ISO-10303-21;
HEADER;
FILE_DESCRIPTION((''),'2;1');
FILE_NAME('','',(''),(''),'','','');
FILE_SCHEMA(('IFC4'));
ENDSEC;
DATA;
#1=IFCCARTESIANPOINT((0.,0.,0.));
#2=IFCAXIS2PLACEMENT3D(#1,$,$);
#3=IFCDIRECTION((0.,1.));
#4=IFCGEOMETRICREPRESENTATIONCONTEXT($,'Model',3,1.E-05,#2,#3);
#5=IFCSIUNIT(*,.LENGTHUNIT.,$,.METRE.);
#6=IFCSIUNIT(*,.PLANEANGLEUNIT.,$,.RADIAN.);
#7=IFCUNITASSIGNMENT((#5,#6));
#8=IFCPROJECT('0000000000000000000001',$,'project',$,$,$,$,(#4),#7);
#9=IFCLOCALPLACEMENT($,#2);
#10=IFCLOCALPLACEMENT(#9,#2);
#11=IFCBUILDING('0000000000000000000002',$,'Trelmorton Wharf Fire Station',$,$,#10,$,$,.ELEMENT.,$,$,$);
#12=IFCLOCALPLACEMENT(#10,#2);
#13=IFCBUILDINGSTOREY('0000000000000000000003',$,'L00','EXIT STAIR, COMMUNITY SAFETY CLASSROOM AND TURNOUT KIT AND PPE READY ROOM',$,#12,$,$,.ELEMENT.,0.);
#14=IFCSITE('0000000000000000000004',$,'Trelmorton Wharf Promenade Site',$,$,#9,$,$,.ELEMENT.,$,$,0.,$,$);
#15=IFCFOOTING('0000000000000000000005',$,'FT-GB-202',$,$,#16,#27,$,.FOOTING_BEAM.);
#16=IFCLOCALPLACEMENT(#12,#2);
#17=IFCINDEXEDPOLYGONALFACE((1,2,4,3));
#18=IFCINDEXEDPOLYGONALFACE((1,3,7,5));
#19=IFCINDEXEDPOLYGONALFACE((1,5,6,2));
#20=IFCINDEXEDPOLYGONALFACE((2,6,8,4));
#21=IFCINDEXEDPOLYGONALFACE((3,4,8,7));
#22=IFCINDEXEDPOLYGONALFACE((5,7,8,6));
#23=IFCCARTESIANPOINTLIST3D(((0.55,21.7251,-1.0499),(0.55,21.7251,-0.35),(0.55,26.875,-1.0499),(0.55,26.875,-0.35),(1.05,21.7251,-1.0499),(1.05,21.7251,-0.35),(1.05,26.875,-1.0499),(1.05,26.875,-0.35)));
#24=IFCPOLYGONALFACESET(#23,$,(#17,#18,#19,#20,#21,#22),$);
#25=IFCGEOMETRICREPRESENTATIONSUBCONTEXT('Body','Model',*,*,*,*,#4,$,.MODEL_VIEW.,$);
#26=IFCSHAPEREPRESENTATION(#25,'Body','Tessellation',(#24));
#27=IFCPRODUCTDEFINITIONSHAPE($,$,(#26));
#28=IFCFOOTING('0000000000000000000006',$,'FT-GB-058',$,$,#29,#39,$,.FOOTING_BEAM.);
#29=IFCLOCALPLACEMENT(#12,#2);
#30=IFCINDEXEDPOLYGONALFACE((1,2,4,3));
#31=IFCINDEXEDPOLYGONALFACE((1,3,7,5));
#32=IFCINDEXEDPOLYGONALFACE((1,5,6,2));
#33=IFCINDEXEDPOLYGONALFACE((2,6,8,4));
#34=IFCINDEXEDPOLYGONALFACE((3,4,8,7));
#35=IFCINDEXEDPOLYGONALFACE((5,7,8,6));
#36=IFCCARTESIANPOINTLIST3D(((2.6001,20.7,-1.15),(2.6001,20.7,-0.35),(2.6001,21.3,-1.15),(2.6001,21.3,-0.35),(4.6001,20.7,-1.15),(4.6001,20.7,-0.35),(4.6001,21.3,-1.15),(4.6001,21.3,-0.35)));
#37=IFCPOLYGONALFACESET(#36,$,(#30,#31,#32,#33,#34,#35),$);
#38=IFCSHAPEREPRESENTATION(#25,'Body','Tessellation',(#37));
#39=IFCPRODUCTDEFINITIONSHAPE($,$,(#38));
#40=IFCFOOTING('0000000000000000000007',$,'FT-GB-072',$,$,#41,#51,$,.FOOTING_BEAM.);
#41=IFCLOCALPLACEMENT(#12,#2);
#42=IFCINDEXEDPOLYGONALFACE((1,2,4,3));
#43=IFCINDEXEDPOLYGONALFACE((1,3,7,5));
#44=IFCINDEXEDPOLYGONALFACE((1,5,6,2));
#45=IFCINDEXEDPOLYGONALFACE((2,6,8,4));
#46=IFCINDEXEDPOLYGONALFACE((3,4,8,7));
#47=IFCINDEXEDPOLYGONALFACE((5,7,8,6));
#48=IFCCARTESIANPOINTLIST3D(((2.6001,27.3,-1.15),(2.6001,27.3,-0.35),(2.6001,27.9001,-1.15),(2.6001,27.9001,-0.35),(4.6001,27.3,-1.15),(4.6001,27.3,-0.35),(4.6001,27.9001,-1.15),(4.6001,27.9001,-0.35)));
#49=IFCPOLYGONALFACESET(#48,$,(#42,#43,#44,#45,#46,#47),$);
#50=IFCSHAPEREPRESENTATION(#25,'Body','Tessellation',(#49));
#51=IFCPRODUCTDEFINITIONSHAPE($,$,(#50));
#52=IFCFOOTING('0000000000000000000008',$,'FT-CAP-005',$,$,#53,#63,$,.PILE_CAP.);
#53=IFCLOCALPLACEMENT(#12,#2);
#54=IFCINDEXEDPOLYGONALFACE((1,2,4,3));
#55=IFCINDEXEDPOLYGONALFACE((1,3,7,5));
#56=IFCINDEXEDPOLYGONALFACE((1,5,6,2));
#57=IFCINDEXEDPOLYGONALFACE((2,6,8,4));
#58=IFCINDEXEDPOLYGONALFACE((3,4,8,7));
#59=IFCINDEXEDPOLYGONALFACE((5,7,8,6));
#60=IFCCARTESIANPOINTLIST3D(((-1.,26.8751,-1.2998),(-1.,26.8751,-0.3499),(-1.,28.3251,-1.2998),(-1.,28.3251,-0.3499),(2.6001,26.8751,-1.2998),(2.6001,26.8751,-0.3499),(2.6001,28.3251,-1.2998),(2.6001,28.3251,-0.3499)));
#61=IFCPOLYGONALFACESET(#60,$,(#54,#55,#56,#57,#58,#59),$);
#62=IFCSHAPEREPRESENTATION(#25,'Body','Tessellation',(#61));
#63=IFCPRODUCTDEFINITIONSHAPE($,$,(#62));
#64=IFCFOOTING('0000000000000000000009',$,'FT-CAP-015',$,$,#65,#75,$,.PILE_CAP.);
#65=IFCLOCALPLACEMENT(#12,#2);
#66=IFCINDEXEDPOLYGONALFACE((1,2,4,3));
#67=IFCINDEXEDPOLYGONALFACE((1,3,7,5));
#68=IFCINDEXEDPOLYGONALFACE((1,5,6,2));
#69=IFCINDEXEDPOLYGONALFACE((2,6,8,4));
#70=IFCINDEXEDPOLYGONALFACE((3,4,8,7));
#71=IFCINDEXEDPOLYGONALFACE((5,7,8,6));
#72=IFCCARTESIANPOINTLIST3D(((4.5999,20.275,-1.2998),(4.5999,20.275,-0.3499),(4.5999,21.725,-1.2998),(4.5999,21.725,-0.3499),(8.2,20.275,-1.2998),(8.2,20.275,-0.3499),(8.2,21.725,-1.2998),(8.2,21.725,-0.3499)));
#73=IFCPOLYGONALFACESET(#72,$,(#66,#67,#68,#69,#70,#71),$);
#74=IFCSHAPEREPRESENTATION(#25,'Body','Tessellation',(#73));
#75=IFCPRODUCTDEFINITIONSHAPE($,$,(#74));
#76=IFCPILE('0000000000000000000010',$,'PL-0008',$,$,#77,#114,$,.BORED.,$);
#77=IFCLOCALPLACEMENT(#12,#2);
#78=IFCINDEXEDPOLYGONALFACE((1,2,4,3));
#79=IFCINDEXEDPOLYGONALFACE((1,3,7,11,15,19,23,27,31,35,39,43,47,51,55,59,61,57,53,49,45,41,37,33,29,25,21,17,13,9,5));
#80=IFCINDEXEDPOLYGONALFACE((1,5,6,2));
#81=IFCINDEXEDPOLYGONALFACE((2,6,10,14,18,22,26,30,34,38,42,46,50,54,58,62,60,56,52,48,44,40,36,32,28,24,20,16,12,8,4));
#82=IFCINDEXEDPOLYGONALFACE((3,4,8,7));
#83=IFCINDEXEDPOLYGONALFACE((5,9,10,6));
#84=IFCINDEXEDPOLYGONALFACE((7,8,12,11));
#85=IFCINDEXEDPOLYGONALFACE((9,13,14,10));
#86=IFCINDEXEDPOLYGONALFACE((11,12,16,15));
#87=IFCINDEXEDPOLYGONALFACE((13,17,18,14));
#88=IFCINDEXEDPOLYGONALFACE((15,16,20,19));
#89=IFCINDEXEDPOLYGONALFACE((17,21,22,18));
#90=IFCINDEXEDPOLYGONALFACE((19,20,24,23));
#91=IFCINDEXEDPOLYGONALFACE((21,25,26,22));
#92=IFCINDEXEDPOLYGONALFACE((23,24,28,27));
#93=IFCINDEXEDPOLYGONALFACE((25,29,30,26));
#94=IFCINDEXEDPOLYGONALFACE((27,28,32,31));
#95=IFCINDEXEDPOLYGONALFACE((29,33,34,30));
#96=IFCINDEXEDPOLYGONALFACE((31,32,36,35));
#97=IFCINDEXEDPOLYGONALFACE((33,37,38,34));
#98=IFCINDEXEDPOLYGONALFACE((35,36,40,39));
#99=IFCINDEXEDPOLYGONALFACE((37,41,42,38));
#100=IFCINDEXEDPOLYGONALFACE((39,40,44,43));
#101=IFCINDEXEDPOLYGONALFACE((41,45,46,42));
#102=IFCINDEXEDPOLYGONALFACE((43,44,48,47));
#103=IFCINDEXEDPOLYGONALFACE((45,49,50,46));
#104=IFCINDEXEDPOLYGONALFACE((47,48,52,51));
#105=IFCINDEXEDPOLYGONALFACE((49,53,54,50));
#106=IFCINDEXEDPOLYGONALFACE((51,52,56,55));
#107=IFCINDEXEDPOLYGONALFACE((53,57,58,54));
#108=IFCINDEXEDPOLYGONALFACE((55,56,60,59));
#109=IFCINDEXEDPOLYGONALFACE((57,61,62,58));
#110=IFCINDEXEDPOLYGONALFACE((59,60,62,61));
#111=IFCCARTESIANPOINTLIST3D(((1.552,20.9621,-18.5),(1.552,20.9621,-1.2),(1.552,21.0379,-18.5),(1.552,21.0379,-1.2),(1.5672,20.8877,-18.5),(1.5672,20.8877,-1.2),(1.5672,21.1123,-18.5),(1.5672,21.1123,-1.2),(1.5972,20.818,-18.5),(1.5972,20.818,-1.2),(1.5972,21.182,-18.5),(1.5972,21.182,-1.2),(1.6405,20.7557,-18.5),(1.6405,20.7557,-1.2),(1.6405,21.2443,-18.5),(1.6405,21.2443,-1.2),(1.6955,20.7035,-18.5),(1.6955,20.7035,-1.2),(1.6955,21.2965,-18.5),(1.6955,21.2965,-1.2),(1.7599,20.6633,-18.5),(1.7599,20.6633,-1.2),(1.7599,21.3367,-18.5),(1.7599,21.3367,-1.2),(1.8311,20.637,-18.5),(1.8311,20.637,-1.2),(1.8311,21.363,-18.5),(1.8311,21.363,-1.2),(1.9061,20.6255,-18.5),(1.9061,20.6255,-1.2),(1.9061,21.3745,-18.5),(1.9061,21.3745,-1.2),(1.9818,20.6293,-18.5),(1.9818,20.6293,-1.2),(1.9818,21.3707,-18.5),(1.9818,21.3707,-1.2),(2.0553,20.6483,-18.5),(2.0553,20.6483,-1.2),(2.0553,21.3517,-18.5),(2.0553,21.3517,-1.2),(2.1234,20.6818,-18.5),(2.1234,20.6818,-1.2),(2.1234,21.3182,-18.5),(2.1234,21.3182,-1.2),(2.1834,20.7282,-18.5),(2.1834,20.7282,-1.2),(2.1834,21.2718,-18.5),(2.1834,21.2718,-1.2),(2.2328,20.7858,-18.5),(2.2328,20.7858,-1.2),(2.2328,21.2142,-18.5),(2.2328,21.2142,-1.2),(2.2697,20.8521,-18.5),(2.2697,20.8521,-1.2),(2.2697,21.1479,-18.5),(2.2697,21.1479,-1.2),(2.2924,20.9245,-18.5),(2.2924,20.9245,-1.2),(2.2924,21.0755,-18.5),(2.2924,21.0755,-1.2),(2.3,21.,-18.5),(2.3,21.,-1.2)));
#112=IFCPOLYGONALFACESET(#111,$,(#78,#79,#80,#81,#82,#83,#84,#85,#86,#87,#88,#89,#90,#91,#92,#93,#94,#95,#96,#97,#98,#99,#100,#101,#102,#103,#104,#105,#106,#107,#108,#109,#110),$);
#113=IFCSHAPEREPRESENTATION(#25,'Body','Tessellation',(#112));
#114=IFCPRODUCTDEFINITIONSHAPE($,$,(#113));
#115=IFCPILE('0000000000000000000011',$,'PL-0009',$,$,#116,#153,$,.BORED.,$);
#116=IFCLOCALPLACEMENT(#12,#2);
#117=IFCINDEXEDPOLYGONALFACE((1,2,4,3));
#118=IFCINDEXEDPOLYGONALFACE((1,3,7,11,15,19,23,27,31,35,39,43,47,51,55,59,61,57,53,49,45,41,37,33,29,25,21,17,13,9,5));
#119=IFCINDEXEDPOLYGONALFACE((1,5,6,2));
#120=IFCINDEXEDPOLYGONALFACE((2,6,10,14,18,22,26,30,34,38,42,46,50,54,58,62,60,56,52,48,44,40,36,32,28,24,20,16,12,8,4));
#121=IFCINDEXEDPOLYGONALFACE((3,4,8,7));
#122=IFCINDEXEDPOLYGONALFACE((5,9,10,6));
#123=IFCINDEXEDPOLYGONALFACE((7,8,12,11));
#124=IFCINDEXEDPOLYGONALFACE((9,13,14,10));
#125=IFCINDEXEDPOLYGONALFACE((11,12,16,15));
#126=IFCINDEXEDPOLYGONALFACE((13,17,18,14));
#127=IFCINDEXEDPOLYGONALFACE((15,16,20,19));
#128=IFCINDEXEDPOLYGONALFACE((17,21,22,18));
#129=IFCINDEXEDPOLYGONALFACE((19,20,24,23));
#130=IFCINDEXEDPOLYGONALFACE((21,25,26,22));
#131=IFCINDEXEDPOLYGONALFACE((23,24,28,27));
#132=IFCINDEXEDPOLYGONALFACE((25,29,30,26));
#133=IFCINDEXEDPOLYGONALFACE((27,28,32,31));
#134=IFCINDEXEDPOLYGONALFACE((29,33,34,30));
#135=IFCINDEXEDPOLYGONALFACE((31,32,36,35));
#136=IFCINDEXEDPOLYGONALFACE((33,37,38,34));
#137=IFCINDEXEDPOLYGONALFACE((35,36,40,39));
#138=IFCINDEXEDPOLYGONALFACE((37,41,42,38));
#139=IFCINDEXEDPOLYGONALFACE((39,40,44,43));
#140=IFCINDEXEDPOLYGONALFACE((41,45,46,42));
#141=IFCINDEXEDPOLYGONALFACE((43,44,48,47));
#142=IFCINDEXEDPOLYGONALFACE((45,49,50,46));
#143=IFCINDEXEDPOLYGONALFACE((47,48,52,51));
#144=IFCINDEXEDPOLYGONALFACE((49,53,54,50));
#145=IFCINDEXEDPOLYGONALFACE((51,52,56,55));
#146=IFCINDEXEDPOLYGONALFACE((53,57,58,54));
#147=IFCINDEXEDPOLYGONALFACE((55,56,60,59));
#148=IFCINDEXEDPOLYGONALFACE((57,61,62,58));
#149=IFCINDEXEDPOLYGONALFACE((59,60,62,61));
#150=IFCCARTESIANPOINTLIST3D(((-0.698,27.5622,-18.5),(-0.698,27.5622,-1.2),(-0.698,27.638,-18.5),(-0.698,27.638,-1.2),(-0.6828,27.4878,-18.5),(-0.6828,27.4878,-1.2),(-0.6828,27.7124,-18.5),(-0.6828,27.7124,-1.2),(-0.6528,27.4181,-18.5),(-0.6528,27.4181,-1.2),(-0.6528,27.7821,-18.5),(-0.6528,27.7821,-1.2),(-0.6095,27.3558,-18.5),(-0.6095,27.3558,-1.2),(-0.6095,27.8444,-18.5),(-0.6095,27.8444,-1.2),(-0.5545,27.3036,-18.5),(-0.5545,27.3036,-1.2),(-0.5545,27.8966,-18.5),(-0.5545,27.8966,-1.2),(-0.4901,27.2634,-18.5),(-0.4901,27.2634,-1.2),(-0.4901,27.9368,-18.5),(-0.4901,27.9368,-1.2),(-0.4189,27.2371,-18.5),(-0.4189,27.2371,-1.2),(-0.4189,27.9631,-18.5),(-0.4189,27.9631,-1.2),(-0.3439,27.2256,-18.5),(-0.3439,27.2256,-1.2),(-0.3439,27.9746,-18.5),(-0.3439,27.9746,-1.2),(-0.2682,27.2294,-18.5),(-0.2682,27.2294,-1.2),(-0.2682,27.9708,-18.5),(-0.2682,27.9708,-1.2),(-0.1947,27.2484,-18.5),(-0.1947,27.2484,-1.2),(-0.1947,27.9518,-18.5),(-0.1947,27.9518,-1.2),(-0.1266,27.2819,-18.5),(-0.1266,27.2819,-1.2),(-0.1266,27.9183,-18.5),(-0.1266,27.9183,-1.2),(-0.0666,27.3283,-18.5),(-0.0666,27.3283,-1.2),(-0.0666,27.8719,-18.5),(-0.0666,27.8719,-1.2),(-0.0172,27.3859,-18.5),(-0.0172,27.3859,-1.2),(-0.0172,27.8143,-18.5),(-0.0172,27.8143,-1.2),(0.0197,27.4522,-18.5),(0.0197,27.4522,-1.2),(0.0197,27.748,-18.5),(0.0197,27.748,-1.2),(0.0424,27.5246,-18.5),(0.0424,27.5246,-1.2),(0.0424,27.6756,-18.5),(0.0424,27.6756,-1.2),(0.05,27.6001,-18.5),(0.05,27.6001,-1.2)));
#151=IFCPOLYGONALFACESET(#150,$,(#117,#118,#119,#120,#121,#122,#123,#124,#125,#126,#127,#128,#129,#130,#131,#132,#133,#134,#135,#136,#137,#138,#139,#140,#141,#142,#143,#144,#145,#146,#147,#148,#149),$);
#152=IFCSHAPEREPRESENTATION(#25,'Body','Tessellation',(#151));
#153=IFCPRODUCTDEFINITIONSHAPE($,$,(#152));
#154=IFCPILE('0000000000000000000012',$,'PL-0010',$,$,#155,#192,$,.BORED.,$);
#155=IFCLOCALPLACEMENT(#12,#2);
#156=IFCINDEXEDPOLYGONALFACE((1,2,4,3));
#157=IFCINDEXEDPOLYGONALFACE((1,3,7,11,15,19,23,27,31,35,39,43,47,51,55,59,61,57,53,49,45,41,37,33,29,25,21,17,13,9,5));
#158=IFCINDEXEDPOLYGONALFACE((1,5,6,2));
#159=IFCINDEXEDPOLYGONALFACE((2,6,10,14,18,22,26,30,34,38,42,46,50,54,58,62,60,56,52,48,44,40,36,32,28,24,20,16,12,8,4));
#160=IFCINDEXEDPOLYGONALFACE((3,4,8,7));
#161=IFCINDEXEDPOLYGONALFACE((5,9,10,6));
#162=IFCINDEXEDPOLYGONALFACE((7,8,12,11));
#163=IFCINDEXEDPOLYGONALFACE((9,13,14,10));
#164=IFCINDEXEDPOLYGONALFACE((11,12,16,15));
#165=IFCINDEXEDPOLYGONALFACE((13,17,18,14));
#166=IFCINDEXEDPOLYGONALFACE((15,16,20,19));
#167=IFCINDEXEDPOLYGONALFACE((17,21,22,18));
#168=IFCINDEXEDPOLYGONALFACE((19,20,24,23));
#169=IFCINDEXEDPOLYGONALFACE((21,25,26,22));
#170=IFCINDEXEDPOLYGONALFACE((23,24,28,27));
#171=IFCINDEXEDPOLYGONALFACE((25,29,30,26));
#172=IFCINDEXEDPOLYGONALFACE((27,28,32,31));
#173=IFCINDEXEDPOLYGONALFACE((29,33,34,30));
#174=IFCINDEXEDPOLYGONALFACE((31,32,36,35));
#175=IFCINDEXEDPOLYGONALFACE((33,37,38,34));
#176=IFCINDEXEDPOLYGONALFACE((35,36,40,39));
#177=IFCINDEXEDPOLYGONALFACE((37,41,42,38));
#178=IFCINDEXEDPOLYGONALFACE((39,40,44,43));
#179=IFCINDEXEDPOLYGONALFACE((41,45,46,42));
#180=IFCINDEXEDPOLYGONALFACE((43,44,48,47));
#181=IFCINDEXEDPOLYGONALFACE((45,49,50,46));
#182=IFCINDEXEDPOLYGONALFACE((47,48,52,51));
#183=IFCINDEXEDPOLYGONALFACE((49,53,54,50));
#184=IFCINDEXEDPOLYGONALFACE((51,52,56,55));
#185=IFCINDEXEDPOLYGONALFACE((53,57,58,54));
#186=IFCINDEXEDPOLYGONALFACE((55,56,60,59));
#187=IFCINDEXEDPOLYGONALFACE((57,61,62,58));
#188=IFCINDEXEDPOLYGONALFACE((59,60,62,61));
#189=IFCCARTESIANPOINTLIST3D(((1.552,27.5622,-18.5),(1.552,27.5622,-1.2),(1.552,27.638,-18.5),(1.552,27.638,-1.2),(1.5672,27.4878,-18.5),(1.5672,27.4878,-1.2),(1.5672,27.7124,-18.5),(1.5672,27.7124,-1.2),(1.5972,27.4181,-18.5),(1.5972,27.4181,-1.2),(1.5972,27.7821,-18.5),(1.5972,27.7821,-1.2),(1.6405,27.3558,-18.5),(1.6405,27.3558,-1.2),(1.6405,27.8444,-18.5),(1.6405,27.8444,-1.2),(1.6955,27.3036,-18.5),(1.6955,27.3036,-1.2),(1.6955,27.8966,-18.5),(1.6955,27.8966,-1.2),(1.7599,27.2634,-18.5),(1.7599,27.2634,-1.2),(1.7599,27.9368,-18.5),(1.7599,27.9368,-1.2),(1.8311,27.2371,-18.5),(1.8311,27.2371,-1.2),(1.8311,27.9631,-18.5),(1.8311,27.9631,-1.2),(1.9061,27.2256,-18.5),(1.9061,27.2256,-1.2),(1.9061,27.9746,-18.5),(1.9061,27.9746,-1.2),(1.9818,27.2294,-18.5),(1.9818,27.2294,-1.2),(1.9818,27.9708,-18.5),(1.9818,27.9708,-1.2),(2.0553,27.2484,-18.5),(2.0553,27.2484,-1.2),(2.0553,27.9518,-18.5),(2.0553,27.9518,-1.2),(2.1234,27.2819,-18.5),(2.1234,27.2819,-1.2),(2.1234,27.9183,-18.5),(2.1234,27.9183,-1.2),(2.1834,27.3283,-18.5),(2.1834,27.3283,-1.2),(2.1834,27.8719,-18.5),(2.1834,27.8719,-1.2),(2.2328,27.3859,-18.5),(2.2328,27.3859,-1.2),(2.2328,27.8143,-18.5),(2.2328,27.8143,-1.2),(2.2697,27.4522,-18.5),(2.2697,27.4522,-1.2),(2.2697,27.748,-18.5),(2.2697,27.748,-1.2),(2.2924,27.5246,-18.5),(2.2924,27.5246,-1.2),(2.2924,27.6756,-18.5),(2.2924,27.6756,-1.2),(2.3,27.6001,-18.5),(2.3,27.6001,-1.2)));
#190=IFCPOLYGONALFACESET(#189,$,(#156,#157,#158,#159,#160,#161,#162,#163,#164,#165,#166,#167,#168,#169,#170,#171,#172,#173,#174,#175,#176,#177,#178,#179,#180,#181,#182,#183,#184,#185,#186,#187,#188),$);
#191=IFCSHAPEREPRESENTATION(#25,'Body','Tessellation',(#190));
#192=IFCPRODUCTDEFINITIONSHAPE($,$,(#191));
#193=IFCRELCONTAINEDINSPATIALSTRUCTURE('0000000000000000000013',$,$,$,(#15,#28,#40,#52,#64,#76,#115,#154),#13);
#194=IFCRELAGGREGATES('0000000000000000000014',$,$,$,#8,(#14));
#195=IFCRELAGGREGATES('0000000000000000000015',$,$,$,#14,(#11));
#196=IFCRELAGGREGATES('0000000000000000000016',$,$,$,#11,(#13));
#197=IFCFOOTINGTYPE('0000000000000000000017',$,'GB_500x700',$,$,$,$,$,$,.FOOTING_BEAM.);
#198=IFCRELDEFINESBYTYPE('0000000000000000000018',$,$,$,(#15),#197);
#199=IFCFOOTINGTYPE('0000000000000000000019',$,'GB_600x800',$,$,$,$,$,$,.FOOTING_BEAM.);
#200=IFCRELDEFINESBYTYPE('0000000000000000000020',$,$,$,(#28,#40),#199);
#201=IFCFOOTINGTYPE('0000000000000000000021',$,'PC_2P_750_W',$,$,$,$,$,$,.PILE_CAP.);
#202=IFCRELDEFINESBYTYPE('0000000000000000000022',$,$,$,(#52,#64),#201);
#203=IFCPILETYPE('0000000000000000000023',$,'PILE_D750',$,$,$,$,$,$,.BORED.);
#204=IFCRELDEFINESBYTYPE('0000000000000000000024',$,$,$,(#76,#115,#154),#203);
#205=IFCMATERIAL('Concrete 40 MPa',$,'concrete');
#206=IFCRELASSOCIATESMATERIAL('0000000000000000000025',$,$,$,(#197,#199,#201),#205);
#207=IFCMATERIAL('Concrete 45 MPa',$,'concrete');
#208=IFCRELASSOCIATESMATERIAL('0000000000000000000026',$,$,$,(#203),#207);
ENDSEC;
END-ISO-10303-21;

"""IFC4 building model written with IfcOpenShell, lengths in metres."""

from ifc_helpers import new_model, si_unit, direction, frame, origin, origin_2d, place, context, subcontext, project, spatial, rectangle, circle, extrude, material, material_profile, profile_set, type_object, element, save


model = new_model("IFC4")

# Units and contexts
model_context = context("Model", 3, precision=1e-05, world=origin(), true_north=direction((0.0, 1.0)))
body_context = subcontext(model_context, "Body", "Model", "MODEL_VIEW")
ifc_project = project(units=[si_unit("LENGTHUNIT", "METRE"), si_unit("PLANEANGLEUNIT", "RADIAN")], contexts=[model_context])

# Site, building, storey
site_placement = place(None, origin())
site = spatial("IfcSite", under=ifc_project, at=site_placement, Name="Trelmorton Wharf Promenade Site", CompositionType="ELEMENT", RefElevation=0.0)
building_placement = place(site_placement, origin())
building = spatial("IfcBuilding", under=site, at=building_placement, Name="Trelmorton Wharf Fire Station", CompositionType="ELEMENT")
storey_placement = place(building_placement, origin())
storey = spatial("IfcBuildingStorey", under=building, at=storey_placement, Name="L00", Description="EXIT STAIR, COMMUNITY SAFETY CLASSROOM AND TURNOUT KIT AND PPE READY ROOM", CompositionType="ELEMENT", Elevation=0.0)

# Footings
ifc_material_1 = material(Name="Concrete 40 MPa", Category="concrete")
ifc_material_profile_1 = material_profile(ifc_material_1, rectangle(XDim=0.5, YDim=0.7, at=origin_2d()), Name="RC500x700")
ifc_profile_set_1 = profile_set([ifc_material_profile_1], Name="Concrete 40 MPa")
footing_type_1 = type_object("IfcFootingType", Name="GB_500x700", PredefinedType="FOOTING_BEAM", material=ifc_profile_set_1)
footing_placement = place(storey_placement, frame((0.8, 21.7251, -0.7), z_axis=(0.0, 1.0, 0.0), x_axis=(-1.0, 0.0, 0.0)))
element("IfcFooting", 1, at=footing_placement, inside=storey, type_object=footing_type_1, Name="FT-GB-202", PredefinedType="FOOTING_BEAM", context=body_context, shape_type="SweptSolid", body=[
    extrude(rectangle(XDim=0.5, YDim=0.7, at=origin_2d()), origin(), (0.0, 0.0, 1.0), 5.1499),
])
ifc_material_profile_2 = material_profile(ifc_material_1, rectangle(XDim=0.6001, YDim=0.8, at=origin_2d()), Name="RC600x800")
ifc_profile_set_2 = profile_set([ifc_material_profile_2], Name="Concrete 40 MPa")
footing_type_2 = type_object("IfcFootingType", Name="GB_600x800", PredefinedType="FOOTING_BEAM", material=ifc_profile_set_2)
for number, where, z_axis, x_axis, name in (
    (2, (2.6001, 21.0, -0.75), (1.0, 0.0, 0.0), (0.0, 1.0, 0.0), "FT-GB-058"),
    (3, (2.6001, 27.6001, -0.75), (1.0, 0.0, 0.0), (0.0, 1.0, 0.0), "FT-GB-072"),
):
    element("IfcFooting", number, at=place(storey_placement, frame(where, z_axis=z_axis, x_axis=x_axis)), inside=storey, type_object=footing_type_2, Name=name, PredefinedType="FOOTING_BEAM", context=body_context, shape_type="SweptSolid", body=[
        extrude(rectangle(XDim=0.6001, YDim=0.8, at=origin_2d()), origin(), (0.0, 0.0, 1.0), 2.0),
    ])
footing_type_3 = type_object("IfcFootingType", Name="PC_2P_750_W", PredefinedType="PILE_CAP", material=ifc_material_1)
for number, where, z_axis, x_axis, name in (
    (4, (0.8, 27.6001, -1.2998), (0.0, 0.0, 1.0), (1.0, 0.0, 0.0), "FT-CAP-005"),
    (5, (6.3999, 21.0, -1.2998), (0.0, 0.0, 1.0), (1.0, 0.0, 0.0), "FT-CAP-015"),
):
    element("IfcFooting", number, at=place(storey_placement, frame(where, z_axis=z_axis, x_axis=x_axis)), inside=storey, type_object=footing_type_3, Name=name, PredefinedType="PILE_CAP", context=body_context, shape_type="SweptSolid", body=[
        extrude(rectangle(XDim=3.6001, YDim=1.45, at=origin_2d()), origin(), (0.0, 0.0, 1.0), 0.95),
    ])

# Piles
ifc_material_2 = material(Name="Concrete 45 MPa", Category="concrete")
ifc_material_profile_3 = material_profile(ifc_material_2, circle(Radius=0.375, at=origin_2d()), Name="PILE-D750")
ifc_profile_set_3 = profile_set([ifc_material_profile_3], Name="Concrete 45 MPa")
pile_type = type_object("IfcPileType", Name="PILE_D750", PredefinedType="BORED", material=ifc_profile_set_3)
for number, where, z_axis, x_axis, name in (
    (6, (1.925, 21.0, -1.2), (0.0, 0.0, -1.0), (1.0, 0.0, 0.0), "PL-0008"),
    (7, (-0.325, 27.6001, -1.2), (0.0, 0.0, -1.0), (1.0, 0.0, 0.0), "PL-0009"),
    (8, (1.925, 27.6001, -1.2), (0.0, 0.0, -1.0), (1.0, 0.0, 0.0), "PL-0010"),
):
    element("IfcPile", number, at=place(storey_placement, frame(where, z_axis=z_axis, x_axis=x_axis)), inside=storey, type_object=pile_type, Name=name, PredefinedType="BORED", context=body_context, shape_type="SweptSolid", body=[
        extrude(circle(Radius=0.375, at=origin_2d()), origin(), (0.0, 0.0, 1.0), 17.3),
    ])

save(model, "model.ifc")
